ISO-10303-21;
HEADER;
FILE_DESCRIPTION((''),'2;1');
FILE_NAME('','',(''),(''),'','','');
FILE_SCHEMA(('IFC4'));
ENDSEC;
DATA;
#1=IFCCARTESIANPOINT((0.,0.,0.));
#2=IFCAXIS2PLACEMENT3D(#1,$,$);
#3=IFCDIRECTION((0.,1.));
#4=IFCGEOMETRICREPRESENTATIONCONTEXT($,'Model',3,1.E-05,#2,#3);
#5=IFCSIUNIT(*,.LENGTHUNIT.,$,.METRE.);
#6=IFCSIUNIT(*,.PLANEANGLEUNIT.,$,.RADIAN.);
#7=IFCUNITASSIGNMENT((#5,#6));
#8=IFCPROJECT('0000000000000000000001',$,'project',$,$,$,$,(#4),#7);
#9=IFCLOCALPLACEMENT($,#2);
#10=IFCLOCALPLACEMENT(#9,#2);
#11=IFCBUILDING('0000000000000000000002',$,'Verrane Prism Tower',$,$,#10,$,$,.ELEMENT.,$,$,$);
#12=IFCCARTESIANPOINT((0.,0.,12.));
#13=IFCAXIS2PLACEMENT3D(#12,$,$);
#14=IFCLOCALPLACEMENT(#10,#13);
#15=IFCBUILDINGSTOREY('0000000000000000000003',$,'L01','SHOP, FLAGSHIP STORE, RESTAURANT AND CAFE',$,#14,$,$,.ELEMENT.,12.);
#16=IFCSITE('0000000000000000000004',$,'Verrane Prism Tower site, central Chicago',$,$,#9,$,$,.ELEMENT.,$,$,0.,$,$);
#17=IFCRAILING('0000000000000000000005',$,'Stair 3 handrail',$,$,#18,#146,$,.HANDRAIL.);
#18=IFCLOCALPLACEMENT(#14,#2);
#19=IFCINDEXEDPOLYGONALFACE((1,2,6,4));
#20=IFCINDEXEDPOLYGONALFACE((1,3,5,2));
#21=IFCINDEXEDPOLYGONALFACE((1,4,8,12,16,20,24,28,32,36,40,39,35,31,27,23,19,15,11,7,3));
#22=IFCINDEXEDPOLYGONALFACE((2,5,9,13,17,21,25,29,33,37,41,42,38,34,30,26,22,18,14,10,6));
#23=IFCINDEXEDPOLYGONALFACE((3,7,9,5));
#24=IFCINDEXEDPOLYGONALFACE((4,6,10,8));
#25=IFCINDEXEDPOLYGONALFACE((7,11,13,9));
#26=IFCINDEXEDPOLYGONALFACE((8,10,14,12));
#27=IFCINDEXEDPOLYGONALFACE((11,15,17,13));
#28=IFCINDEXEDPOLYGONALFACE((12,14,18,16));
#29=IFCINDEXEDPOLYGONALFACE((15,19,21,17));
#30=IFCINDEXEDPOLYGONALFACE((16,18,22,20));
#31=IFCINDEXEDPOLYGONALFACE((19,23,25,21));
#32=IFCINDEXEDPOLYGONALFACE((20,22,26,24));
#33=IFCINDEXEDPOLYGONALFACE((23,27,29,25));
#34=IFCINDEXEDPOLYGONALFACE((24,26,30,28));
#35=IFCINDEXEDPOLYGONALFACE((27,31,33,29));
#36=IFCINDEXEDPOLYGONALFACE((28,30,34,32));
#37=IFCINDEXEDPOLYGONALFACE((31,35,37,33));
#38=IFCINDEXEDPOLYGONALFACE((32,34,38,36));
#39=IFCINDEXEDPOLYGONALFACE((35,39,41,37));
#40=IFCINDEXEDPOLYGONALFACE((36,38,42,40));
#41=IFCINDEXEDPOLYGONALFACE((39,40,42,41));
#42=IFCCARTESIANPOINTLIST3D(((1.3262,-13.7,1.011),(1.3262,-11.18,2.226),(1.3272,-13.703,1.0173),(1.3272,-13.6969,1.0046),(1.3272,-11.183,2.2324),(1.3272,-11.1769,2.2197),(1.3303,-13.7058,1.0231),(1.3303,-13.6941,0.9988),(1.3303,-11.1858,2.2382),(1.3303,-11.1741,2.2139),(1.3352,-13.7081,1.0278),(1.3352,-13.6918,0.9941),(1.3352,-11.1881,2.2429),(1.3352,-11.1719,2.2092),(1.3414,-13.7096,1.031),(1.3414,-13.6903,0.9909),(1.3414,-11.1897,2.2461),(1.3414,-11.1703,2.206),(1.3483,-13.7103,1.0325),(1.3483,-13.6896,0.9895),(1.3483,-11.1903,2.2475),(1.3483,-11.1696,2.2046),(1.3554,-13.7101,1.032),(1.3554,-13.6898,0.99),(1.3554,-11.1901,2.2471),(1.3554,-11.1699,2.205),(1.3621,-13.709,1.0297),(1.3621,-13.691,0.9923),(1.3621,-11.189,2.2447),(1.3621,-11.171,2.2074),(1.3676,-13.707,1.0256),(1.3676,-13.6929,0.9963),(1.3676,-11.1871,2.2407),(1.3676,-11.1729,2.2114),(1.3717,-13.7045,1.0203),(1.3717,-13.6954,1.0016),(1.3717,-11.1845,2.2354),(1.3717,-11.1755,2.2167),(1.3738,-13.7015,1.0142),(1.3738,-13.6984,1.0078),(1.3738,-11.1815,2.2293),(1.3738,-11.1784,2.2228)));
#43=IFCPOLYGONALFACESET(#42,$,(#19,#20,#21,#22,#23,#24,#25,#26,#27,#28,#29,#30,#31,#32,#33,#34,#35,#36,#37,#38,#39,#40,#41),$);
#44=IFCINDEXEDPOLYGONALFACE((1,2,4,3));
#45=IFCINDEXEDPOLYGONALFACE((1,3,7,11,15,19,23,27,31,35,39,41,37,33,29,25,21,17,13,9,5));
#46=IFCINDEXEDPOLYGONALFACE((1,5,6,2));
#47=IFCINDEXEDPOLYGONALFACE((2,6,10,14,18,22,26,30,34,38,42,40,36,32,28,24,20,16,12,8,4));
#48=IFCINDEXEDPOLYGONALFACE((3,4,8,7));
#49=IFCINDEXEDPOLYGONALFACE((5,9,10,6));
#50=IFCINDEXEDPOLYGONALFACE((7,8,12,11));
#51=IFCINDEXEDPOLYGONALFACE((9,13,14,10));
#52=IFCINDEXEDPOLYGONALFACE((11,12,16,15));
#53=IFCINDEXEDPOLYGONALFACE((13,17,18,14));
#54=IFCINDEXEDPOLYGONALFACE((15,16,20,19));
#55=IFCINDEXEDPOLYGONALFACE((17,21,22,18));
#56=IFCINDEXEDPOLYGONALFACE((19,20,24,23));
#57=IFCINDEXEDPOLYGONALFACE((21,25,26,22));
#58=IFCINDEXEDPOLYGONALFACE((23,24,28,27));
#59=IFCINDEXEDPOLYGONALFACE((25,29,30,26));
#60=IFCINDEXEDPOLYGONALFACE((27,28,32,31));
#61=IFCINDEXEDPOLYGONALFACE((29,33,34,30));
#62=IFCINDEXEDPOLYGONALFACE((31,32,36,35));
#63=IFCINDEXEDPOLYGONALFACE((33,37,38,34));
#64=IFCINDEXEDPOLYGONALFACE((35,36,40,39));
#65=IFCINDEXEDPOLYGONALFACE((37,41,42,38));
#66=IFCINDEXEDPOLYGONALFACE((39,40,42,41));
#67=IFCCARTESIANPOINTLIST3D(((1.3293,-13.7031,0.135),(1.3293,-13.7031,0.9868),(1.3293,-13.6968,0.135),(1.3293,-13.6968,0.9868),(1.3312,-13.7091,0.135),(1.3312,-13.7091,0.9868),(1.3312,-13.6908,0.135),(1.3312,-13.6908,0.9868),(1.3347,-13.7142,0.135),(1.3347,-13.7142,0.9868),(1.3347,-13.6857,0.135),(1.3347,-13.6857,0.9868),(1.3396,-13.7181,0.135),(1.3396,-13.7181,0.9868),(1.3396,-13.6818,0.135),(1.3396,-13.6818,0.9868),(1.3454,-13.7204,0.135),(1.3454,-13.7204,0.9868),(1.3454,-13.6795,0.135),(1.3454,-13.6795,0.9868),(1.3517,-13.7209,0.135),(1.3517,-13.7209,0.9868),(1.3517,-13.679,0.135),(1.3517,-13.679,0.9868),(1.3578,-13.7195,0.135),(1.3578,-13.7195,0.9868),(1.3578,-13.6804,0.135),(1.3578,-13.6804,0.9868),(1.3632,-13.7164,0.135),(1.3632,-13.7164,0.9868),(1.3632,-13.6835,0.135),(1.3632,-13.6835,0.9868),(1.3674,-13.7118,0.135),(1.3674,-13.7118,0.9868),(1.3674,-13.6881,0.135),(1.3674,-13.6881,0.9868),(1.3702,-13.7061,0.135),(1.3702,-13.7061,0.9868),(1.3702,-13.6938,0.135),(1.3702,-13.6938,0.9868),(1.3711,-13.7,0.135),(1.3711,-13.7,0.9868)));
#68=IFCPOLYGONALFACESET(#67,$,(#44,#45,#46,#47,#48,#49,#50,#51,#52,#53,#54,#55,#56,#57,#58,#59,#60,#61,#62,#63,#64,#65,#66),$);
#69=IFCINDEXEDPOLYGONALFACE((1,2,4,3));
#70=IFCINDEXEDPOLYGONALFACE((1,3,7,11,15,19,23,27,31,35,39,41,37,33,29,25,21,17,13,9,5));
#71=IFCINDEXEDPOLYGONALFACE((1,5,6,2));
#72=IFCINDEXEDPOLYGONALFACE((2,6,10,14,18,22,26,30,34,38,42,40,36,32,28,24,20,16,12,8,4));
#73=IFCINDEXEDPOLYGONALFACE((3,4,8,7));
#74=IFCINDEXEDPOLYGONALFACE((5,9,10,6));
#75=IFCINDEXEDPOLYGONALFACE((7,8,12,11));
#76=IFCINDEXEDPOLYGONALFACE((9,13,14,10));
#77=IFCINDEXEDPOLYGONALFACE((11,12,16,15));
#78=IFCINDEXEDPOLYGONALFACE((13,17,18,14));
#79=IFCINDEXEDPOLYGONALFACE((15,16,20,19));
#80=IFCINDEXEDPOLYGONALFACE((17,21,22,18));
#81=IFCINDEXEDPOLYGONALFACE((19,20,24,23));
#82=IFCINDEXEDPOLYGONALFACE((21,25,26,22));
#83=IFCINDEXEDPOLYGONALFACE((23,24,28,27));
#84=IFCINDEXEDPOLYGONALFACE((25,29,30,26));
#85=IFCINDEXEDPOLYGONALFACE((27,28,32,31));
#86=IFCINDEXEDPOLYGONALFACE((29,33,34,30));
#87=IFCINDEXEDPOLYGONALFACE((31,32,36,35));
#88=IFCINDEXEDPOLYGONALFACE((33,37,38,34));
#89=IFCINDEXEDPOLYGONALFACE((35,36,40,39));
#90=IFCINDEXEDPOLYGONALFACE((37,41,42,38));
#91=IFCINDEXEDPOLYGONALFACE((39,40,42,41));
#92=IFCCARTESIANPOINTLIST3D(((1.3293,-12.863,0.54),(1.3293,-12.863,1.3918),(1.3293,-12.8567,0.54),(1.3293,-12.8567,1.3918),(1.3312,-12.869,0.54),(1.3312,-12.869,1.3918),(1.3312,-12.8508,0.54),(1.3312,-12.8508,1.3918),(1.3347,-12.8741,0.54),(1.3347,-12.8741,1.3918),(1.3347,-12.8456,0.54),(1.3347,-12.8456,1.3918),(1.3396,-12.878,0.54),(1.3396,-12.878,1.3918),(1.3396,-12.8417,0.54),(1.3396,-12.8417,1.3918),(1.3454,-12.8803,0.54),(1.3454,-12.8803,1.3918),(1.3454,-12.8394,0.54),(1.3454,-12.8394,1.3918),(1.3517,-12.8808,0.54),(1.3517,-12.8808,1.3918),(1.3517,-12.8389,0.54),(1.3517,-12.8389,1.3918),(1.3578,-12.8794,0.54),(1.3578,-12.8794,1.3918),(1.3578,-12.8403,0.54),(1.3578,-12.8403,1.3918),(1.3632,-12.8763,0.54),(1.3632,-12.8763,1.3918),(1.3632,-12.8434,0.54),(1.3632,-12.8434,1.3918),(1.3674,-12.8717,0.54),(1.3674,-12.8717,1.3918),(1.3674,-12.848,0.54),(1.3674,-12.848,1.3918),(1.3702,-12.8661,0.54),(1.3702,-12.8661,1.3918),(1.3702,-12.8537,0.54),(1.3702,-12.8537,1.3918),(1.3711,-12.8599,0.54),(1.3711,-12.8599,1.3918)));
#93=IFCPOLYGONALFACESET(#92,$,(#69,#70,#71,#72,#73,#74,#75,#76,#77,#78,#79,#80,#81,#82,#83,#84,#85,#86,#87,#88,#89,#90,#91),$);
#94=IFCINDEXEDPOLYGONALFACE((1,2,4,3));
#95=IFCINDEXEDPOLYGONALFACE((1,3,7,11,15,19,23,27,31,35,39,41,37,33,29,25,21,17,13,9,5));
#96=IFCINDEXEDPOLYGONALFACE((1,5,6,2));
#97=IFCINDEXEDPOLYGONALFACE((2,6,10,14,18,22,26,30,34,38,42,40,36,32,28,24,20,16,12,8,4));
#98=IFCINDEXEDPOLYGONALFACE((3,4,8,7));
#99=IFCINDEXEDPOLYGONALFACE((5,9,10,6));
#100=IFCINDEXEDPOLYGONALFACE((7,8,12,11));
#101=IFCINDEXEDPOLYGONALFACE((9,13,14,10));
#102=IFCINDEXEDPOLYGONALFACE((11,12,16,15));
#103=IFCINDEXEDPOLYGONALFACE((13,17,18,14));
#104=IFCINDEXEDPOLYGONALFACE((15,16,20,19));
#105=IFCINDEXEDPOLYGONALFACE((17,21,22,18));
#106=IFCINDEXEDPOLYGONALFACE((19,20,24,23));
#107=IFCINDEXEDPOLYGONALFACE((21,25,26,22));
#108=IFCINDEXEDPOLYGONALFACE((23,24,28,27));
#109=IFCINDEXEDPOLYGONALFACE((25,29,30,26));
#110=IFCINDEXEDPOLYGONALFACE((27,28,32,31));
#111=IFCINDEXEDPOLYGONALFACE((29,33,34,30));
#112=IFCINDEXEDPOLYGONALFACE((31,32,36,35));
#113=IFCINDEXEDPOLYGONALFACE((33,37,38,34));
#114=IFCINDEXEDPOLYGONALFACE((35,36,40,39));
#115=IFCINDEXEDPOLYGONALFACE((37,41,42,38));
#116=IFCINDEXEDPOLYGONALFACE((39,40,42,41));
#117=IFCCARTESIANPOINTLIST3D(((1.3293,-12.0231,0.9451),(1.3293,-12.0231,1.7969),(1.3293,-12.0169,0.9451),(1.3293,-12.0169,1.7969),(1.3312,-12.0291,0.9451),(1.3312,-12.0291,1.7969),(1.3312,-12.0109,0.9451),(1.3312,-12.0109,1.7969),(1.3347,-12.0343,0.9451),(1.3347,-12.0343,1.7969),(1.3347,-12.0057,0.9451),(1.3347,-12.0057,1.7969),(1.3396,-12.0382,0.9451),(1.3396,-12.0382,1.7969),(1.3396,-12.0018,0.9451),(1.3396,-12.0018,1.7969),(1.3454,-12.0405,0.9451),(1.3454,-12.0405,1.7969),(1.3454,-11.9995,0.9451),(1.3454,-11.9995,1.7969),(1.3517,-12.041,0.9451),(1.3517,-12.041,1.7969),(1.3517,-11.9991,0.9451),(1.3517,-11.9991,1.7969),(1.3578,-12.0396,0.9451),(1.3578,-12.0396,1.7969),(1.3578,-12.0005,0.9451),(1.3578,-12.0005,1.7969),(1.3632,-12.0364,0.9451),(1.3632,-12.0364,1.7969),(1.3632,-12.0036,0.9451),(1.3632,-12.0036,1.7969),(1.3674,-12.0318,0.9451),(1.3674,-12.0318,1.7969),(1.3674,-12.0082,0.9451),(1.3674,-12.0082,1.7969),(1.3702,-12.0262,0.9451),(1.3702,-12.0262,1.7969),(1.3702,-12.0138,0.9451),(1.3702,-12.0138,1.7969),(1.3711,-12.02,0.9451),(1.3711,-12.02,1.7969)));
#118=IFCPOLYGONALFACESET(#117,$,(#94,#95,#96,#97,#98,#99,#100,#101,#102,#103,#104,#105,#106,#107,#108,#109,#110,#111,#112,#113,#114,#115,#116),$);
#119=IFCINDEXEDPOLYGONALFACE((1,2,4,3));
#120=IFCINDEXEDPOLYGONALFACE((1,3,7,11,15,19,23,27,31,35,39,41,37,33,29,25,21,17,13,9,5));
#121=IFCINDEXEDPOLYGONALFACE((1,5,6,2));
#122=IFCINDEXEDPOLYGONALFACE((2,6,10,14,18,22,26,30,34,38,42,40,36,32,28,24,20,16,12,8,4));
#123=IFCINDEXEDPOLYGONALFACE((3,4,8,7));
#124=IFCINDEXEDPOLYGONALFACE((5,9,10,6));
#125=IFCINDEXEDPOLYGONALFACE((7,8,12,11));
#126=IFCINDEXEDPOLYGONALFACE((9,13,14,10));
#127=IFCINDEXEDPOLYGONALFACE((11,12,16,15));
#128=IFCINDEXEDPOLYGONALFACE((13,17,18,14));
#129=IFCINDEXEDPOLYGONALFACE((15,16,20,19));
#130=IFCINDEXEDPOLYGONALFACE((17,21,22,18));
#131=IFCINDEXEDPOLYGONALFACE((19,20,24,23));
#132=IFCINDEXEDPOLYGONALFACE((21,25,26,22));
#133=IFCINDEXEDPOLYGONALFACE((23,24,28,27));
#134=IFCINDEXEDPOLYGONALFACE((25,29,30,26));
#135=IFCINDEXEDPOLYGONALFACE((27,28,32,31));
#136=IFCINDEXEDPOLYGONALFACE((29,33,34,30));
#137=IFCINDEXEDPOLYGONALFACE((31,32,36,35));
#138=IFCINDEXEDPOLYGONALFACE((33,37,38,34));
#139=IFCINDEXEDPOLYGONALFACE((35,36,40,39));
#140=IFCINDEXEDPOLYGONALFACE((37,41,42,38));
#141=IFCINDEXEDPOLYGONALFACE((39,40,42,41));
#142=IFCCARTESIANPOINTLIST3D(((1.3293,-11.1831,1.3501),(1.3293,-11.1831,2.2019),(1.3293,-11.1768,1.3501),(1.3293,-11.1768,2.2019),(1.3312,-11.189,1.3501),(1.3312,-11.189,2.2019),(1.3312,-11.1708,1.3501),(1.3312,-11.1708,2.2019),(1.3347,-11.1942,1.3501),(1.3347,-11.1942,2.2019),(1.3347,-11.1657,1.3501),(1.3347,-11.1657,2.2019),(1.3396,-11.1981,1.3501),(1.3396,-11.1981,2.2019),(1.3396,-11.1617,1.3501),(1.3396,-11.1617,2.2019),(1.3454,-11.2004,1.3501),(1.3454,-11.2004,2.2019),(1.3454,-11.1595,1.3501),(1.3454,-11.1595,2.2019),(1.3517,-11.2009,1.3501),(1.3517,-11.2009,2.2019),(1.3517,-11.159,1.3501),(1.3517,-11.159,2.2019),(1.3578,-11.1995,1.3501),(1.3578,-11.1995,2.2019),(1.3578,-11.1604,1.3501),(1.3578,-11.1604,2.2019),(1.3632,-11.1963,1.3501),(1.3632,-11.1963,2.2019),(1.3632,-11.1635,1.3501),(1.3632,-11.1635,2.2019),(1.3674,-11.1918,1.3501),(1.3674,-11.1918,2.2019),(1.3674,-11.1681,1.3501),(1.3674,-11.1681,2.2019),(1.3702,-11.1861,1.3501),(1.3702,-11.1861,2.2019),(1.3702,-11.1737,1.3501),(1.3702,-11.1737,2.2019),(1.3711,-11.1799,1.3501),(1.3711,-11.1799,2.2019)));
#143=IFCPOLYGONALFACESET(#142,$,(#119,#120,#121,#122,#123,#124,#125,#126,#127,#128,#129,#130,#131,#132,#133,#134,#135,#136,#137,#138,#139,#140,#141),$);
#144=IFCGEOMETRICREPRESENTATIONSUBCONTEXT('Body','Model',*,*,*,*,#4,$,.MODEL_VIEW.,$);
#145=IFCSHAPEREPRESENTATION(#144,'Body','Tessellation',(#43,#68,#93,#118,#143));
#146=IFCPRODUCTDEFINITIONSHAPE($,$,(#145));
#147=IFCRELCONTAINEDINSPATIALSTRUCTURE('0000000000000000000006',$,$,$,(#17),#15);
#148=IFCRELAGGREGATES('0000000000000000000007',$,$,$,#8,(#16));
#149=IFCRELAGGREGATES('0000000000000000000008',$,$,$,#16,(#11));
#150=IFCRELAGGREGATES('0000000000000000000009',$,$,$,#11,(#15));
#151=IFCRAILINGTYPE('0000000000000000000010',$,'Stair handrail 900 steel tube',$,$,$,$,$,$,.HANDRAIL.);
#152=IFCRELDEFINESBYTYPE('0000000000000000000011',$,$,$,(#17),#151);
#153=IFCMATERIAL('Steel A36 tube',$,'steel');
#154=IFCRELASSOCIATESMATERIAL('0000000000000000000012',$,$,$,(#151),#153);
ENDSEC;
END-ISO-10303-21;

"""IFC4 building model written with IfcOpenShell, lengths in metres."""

from ifc_helpers import new_model, si_unit, direction, frame, origin, origin_2d, place, context, subcontext, project, spatial, circle, extrude, material, type_object, element, save


model = new_model("IFC4")

# Units and contexts
model_context = context("Model", 3, precision=1e-05, world=origin(), true_north=direction((0.0, 1.0)))
body_context = subcontext(model_context, "Body", "Model", "MODEL_VIEW")
ifc_project = project(units=[si_unit("LENGTHUNIT", "METRE"), si_unit("PLANEANGLEUNIT", "RADIAN")], contexts=[model_context])

# Site, building, storey
site_placement = place(None, origin())
site = spatial("IfcSite", under=ifc_project, at=site_placement, Name="Verrane Prism Tower site, central Chicago", CompositionType="ELEMENT", RefElevation=0.0)
building_placement = place(site_placement, origin())
building = spatial("IfcBuilding", under=site, at=building_placement, Name="Verrane Prism Tower", CompositionType="ELEMENT")
storey_placement = place(building_placement, frame((0.0, 0.0, 12.0)))
storey = spatial("IfcBuildingStorey", under=building, at=storey_placement, Name="L01", Description="SHOP, FLAGSHIP STORE, RESTAURANT AND CAFE", CompositionType="ELEMENT", Elevation=12.0)

# Railing
ifc_material_1 = material(Name="Steel A36 tube", Category="steel")
railing_type_1 = type_object("IfcRailingType", Name="Stair handrail 900 steel tube", PredefinedType="HANDRAIL", material=ifc_material_1)
for number, where, name in (
    (1, (1.3501, -13.7, 0.135), "Stair 3 handrail"),
):
    element("IfcRailing", number, at=place(storey_placement, frame(where)), inside=storey, type_object=railing_type_1, Name=name, PredefinedType="HANDRAIL", context=body_context, shape_type="SweptSolid", body=[
        extrude(circle(Radius=0.0239, at=origin_2d()), frame((0.0, 0.0, 0.876), z_axis=(0.0, 0.900758, 0.434322), x_axis=(-1.0, 0.0, 0.0)), (0.0, 0.0, 1.0), 2.7976),
        extrude(circle(Radius=0.021, at=origin_2d()), origin(), (0.0, 0.0, 1.0), 0.8518),
        extrude(circle(Radius=0.021, at=origin_2d()), frame((0.0, 0.8401, 0.405)), (0.0, 0.0, 1.0), 0.8518),
        extrude(circle(Radius=0.021, at=origin_2d()), frame((0.0, 1.6799, 0.8101)), (0.0, 0.0, 1.0), 0.8518),
        extrude(circle(Radius=0.021, at=origin_2d()), frame((0.0, 2.52, 1.2151)), (0.0, 0.0, 1.0), 0.8518),
    ])

save(model, "model.ifc")
